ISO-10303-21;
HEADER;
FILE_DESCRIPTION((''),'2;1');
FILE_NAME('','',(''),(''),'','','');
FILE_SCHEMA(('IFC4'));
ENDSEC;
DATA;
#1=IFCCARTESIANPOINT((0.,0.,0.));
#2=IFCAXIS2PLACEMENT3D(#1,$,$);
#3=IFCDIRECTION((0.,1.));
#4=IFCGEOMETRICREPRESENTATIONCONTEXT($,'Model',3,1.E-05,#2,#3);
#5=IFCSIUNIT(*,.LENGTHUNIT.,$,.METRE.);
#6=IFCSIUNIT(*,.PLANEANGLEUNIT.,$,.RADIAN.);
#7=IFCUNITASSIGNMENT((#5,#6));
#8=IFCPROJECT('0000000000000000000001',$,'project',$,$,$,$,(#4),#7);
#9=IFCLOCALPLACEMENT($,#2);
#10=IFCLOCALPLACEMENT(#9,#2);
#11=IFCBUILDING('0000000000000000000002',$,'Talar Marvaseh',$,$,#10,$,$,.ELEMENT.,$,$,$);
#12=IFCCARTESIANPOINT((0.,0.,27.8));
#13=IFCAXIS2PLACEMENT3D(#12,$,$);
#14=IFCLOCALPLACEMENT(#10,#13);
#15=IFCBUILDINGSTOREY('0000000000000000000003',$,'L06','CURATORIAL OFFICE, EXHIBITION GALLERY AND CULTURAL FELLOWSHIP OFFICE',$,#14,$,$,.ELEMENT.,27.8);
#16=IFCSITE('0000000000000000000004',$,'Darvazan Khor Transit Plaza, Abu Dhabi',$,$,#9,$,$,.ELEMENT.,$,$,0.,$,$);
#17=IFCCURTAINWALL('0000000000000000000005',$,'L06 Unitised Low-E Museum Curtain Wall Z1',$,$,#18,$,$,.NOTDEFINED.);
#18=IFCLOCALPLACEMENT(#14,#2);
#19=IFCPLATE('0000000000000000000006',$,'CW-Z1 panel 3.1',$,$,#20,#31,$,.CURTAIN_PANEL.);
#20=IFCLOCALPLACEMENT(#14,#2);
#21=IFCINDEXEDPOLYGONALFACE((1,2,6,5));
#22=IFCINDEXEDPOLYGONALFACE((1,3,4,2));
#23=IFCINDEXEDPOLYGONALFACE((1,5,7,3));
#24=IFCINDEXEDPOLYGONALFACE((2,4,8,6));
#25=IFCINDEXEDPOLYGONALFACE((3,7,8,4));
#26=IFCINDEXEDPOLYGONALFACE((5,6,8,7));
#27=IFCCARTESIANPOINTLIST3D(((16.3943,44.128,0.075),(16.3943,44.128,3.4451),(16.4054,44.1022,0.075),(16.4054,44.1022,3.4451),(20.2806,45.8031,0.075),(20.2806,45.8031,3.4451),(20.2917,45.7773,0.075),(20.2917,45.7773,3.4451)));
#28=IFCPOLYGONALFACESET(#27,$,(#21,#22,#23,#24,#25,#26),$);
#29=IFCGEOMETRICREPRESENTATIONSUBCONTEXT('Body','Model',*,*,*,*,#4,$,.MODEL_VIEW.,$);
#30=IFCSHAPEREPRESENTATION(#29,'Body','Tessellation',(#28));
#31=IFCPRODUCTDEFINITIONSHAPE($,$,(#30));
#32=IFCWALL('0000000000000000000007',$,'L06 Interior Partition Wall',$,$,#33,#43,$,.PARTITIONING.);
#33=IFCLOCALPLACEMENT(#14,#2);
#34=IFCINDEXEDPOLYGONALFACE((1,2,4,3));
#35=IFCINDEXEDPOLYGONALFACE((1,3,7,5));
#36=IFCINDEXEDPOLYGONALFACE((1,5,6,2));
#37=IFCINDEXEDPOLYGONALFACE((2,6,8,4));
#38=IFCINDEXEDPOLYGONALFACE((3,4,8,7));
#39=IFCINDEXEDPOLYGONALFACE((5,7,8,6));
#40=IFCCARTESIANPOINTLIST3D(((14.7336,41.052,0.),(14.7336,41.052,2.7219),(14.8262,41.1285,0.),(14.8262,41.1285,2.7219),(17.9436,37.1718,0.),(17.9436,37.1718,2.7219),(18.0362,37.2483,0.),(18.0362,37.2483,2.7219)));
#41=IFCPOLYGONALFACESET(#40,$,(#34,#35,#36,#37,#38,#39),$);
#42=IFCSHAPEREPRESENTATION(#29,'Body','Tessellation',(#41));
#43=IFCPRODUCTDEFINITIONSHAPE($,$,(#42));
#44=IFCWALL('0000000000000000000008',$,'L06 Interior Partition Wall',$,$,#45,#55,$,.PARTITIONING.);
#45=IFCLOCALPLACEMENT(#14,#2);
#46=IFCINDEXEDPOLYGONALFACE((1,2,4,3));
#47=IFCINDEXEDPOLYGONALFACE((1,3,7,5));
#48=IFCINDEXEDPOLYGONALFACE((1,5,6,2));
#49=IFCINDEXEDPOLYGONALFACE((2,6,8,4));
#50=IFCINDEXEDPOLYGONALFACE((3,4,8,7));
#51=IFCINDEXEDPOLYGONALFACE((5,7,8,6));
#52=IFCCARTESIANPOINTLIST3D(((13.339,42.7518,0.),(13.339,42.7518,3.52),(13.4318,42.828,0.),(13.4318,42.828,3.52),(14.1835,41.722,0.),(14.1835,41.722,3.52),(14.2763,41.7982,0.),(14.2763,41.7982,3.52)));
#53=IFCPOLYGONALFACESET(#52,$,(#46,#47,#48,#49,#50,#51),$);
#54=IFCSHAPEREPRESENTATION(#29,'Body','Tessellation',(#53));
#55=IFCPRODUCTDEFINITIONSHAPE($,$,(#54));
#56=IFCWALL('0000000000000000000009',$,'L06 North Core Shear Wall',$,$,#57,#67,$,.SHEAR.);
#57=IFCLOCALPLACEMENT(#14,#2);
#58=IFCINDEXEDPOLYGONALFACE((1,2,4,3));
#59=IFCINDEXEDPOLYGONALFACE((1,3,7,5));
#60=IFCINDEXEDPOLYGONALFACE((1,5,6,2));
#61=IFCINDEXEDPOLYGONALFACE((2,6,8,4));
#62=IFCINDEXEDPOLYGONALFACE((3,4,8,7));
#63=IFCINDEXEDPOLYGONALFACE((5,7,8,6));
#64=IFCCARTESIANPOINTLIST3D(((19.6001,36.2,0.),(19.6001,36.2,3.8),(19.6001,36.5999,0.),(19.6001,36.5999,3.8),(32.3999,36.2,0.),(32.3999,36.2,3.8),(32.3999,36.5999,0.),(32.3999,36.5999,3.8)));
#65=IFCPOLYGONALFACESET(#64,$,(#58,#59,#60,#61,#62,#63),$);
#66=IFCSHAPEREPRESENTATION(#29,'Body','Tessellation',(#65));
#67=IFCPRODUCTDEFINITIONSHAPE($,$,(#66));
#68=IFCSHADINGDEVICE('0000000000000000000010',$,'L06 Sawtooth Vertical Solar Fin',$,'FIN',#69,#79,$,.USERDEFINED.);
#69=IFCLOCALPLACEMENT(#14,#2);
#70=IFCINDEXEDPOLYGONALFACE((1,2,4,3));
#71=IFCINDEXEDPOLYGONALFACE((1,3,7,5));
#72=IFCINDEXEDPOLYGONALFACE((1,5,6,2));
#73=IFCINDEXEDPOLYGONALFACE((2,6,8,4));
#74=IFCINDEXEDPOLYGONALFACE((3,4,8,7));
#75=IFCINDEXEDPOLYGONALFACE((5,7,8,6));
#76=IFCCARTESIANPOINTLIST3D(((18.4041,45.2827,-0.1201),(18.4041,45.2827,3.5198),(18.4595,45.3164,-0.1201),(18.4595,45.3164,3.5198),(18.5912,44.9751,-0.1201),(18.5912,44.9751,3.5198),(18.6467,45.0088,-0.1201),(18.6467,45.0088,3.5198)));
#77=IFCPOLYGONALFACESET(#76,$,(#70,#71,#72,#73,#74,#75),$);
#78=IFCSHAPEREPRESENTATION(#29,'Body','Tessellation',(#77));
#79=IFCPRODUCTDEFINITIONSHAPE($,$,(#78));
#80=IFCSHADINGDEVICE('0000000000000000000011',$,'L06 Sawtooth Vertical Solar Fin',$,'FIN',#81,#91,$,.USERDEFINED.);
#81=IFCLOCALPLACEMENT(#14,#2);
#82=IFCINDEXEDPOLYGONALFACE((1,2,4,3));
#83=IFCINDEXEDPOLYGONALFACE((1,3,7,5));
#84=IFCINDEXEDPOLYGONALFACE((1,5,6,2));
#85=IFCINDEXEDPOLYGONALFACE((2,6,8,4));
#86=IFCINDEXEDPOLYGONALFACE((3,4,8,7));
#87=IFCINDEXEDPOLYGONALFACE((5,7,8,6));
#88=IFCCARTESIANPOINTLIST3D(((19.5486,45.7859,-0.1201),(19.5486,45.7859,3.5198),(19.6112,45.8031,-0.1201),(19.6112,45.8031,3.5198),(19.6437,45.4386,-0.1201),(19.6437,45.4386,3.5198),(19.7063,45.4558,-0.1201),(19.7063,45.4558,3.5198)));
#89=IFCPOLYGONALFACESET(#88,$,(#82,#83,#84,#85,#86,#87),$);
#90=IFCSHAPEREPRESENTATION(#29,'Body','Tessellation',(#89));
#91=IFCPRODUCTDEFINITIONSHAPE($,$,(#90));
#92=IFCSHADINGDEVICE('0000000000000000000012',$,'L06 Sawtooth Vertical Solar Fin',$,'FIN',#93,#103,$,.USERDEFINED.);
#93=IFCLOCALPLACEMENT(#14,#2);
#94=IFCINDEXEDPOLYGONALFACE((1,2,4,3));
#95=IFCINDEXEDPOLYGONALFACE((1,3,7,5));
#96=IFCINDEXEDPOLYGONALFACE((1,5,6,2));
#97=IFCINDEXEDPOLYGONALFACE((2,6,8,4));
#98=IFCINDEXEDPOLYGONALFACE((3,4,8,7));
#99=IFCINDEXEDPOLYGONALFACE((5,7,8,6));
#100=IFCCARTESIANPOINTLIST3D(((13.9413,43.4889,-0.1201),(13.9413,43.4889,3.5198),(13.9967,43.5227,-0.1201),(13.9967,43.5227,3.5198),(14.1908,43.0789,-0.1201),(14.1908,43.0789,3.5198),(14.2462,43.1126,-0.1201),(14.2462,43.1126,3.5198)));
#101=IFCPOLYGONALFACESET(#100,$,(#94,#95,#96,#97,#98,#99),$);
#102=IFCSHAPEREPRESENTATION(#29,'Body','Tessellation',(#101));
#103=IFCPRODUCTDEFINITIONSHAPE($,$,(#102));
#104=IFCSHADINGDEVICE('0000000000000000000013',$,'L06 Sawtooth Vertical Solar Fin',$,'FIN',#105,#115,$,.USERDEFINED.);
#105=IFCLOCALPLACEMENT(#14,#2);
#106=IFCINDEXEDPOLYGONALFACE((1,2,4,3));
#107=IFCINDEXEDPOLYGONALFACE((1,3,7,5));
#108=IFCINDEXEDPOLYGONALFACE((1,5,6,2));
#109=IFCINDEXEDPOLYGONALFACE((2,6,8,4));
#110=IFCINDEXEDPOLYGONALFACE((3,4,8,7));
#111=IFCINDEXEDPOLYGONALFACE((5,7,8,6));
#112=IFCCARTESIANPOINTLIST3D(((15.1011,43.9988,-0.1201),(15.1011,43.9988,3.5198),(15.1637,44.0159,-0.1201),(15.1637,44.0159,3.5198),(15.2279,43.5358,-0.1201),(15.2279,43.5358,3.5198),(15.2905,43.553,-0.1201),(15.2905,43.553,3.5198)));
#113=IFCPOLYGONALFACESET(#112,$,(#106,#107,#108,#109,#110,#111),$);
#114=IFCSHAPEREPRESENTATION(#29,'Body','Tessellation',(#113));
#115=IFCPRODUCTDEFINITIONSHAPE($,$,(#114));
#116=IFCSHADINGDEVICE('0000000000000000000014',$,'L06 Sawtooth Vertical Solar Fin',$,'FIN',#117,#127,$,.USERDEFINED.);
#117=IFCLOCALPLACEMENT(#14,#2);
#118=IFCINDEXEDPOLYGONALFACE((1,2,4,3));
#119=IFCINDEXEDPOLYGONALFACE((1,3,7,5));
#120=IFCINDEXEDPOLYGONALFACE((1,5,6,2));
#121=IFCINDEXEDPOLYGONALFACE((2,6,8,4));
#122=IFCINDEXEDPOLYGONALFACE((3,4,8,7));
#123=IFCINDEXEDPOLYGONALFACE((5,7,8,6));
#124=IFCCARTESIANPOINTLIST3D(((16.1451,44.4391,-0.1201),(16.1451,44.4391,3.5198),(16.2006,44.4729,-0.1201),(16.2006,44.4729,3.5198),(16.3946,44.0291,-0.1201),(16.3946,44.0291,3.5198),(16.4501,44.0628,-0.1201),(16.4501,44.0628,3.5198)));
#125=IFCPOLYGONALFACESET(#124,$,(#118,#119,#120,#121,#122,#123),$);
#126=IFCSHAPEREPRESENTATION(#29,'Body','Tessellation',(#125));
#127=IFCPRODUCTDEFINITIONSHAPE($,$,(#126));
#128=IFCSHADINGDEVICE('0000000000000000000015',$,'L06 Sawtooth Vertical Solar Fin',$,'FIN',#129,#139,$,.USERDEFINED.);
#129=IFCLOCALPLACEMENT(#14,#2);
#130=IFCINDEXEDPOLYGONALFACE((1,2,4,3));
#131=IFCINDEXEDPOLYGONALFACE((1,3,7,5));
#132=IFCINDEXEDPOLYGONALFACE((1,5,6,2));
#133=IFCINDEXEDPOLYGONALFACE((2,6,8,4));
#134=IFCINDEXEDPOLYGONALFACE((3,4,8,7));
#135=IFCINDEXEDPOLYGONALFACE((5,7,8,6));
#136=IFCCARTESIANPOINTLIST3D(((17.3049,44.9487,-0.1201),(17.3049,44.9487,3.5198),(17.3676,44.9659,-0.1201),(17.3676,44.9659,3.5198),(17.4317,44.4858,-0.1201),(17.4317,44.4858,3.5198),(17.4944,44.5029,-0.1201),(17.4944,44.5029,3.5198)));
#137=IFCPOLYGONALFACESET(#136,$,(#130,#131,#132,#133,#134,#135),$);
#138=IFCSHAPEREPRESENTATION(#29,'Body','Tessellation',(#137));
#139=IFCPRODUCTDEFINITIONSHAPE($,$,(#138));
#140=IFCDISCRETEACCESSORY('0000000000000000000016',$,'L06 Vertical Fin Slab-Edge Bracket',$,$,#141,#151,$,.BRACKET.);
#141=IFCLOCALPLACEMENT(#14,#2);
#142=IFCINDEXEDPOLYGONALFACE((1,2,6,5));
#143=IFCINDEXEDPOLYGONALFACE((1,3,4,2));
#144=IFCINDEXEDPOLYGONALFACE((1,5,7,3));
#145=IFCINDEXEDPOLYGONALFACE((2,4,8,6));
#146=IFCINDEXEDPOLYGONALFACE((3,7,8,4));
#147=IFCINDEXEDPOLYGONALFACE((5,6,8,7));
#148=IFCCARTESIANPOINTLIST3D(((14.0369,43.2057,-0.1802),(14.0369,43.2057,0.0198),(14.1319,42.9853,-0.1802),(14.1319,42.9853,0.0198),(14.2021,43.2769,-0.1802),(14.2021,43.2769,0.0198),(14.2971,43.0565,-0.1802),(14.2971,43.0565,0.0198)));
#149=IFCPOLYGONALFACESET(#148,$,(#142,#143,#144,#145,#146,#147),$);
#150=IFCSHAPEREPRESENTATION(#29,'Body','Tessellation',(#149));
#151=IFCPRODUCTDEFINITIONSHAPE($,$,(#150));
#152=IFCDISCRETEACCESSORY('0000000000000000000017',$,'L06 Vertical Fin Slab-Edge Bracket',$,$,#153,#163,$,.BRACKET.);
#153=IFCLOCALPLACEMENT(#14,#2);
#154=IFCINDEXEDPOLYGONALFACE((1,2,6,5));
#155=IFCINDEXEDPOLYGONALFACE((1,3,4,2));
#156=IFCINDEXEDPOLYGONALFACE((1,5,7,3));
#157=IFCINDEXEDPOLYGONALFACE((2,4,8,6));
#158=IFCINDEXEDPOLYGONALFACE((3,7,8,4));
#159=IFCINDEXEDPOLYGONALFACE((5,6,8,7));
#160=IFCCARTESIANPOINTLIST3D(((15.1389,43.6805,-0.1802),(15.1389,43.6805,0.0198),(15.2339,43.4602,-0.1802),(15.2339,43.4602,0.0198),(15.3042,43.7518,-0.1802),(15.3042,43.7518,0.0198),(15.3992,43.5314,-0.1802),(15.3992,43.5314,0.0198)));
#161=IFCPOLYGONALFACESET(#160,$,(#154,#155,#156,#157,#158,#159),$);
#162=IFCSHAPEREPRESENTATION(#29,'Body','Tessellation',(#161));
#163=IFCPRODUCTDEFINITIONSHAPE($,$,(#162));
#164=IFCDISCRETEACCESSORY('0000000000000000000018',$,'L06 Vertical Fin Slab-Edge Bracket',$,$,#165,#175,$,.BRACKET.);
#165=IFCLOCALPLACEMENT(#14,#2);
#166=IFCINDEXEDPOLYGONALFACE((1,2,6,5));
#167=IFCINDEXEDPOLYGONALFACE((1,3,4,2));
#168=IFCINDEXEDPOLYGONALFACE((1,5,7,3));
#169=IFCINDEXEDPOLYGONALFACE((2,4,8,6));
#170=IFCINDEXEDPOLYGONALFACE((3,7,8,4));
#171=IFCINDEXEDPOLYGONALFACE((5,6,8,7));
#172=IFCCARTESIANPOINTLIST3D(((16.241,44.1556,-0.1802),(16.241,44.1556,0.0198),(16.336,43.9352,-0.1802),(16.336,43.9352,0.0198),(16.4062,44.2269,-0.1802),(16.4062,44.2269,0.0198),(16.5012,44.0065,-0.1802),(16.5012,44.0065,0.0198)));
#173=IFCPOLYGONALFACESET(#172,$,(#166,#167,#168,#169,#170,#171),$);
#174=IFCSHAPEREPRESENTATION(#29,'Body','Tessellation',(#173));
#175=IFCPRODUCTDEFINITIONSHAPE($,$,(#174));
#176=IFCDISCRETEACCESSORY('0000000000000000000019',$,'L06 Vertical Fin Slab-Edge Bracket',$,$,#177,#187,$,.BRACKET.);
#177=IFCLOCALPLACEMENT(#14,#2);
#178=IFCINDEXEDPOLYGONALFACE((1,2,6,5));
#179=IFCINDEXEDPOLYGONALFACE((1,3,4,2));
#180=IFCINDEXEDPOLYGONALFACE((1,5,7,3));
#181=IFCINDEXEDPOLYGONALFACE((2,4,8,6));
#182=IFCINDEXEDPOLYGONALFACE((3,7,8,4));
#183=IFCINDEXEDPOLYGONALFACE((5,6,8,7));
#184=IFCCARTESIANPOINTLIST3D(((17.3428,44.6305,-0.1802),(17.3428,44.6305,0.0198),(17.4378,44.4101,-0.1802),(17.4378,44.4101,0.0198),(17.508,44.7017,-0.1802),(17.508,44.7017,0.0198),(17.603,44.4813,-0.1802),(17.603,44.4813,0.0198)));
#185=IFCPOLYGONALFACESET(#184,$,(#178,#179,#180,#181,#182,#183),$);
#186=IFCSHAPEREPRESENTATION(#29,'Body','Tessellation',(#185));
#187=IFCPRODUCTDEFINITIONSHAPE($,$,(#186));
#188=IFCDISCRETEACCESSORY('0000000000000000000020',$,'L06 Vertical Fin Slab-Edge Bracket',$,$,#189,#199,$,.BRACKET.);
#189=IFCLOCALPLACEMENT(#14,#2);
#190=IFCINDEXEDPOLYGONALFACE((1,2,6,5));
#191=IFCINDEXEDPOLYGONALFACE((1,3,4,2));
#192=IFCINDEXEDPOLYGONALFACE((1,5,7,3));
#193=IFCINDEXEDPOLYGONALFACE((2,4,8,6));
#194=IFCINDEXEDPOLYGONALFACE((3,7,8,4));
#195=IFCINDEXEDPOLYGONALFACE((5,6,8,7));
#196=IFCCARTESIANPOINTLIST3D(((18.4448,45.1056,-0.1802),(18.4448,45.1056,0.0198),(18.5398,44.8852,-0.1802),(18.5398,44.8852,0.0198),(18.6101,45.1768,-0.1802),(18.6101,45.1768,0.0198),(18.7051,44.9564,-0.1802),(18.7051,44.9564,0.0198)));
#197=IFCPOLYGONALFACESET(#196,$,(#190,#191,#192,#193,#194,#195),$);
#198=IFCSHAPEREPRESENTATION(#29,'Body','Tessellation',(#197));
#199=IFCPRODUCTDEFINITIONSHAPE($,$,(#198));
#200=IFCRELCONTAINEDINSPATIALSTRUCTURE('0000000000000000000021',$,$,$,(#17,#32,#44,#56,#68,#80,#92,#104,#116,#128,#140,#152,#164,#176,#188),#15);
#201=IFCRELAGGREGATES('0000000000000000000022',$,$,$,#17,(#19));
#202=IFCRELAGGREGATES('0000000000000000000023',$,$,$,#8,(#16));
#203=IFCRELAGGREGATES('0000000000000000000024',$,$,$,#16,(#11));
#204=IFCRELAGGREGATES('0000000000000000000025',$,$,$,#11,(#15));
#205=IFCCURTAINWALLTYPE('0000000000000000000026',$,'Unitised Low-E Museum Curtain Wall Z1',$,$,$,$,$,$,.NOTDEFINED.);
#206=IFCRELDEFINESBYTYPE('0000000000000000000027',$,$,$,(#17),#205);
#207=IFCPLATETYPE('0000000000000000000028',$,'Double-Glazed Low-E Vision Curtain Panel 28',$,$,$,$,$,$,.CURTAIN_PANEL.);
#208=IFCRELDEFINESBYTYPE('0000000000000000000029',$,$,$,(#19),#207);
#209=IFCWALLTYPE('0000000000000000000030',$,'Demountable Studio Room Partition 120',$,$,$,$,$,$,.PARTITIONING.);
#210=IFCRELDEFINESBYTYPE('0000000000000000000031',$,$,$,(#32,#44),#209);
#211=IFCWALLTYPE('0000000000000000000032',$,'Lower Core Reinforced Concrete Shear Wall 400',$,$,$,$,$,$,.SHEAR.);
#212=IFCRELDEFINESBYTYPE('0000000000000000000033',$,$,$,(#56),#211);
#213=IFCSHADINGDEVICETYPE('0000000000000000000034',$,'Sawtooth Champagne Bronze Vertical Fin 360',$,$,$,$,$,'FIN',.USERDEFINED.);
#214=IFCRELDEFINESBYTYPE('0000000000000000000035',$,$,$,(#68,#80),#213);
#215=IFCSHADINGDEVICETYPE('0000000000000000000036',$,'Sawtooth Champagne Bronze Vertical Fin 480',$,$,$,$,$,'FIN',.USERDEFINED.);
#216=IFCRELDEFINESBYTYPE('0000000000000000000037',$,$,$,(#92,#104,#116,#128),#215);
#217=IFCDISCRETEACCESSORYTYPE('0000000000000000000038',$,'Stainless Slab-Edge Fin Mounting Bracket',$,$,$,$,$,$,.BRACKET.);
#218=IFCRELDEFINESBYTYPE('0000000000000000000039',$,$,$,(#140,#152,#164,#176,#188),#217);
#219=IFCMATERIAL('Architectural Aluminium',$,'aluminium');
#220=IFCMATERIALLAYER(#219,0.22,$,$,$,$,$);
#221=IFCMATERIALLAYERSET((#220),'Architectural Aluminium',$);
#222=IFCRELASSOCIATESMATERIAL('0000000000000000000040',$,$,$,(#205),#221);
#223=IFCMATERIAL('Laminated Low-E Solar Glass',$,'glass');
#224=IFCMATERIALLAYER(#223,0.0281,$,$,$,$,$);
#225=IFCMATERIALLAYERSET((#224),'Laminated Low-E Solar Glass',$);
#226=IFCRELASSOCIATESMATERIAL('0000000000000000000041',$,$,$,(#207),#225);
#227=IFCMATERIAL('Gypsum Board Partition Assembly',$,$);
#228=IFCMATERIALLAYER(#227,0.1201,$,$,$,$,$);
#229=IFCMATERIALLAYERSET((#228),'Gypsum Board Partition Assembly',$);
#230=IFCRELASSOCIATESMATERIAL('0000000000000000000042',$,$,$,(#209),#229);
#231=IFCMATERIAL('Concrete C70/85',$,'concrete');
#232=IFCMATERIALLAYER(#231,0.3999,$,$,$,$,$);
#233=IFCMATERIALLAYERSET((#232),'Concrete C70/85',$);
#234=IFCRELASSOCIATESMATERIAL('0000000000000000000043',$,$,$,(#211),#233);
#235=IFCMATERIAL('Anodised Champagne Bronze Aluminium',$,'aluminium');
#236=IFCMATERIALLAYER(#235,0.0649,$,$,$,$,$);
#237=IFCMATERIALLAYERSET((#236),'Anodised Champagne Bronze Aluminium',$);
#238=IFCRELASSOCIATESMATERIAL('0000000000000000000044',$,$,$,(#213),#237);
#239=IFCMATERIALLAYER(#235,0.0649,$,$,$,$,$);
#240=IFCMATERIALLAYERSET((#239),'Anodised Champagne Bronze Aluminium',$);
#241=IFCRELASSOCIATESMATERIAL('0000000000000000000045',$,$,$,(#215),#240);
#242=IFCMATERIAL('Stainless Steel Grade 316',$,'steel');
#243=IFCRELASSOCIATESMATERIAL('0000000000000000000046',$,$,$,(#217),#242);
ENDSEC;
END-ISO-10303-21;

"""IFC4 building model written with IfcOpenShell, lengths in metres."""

from ifc_helpers import new_model, si_unit, direction, frame, frame_2d, origin, origin_2d, place, context, subcontext, project, spatial, rectangle, extrude, source, transform, mapped, material, layer, layer_set, type_object, type_shapes, element, aggregate, save


model = new_model("IFC4")

# Units and contexts
model_context = context("Model", 3, precision=1e-05, world=origin(), true_north=direction((0.0, 1.0)))
body_context = subcontext(model_context, "Body", "Model", "MODEL_VIEW")
ifc_project = project(units=[si_unit("LENGTHUNIT", "METRE"), si_unit("PLANEANGLEUNIT", "RADIAN")], contexts=[model_context])

# Site, building, storey
site_placement = place(None, origin())
site = spatial("IfcSite", under=ifc_project, at=site_placement, Name="Darvazan Khor Transit Plaza, Abu Dhabi", CompositionType="ELEMENT", RefElevation=0.0)
building_placement = place(site_placement, origin())
building = spatial("IfcBuilding", under=site, at=building_placement, Name="Talar Marvaseh", CompositionType="ELEMENT")
storey_placement = place(building_placement, frame((0.0, 0.0, 27.8)))
storey = spatial("IfcBuildingStorey", under=building, at=storey_placement, Name="L06", Description="CURATORIAL OFFICE, EXHIBITION GALLERY AND CULTURAL FELLOWSHIP OFFICE", CompositionType="ELEMENT", Elevation=27.8)

# Shared definitions
ifc_material_1 = material(Name="Concrete C70/85", Category="concrete")

# Curtain wall, plate
ifc_material_2 = material(Name="Architectural Aluminium", Category="aluminium")
ifc_layer_1 = layer(ifc_material_2, 0.22)
ifc_layer_set_1 = layer_set([ifc_layer_1], Name="Architectural Aluminium")
curtain_wall_type = type_object("IfcCurtainWallType", Name="Unitised Low-E Museum Curtain Wall Z1", PredefinedType="NOTDEFINED", material=ifc_layer_set_1)
curtain_wall_placement = place(storey_placement, origin())
curtain_wall = element("IfcCurtainWall", 1, at=curtain_wall_placement, inside=storey, type_object=curtain_wall_type, Name="L06 Unitised Low-E Museum Curtain Wall Z1", PredefinedType="NOTDEFINED")
ifc_material_3 = material(Name="Laminated Low-E Solar Glass", Category="glass")
ifc_layer_2 = layer(ifc_material_3, 0.0281)
ifc_layer_set_2 = layer_set([ifc_layer_2], Name="Laminated Low-E Solar Glass")
plate_type = type_object("IfcPlateType", Name="Double-Glazed Low-E Vision Curtain Panel 28", PredefinedType="CURTAIN_PANEL", material=ifc_layer_set_2)
shared_shape_1 = source(origin(), body_context, "Body", "SweptSolid", [
    extrude(rectangle(XDim=4.2319, YDim=0.0281, at=origin_2d()), origin(), (0.0, 0.0, 1.0), 3.3701),
])
type_shapes(plate_type, [shared_shape_1])
plate_1_placement = place(storey_placement, frame((18.343, 44.9526, 0.075), z_axis=(0.0, 0.0, 1.0), x_axis=(0.918323, 0.395831, 0.0)))
plate_1 = element("IfcPlate", 2, at=plate_1_placement, type_object=plate_type, Name="CW-Z1 panel 3.1", PredefinedType="CURTAIN_PANEL", context=body_context, shape_type="MappedRepresentation", body=[
    mapped(shared_shape_1, transform((0.0, 0.0, 0.0), x_axis=(1.0, 0.0, 0.0), y_axis=(0.0, 1.0, 0.0), z_axis=(0.0, 0.0, 1.0), scale=1.0)),
])
aggregate(curtain_wall, [plate_1])

# Walls
ifc_material_4 = material(Name="Gypsum Board Partition Assembly")
ifc_layer_3 = layer(ifc_material_4, 0.1201)
ifc_layer_set_3 = layer_set([ifc_layer_3], Name="Gypsum Board Partition Assembly")
wall_type_1 = type_object("IfcWallType", Name="Demountable Studio Room Partition 120", PredefinedType="PARTITIONING", material=ifc_layer_set_3)
wall_1_placement = place(storey_placement, frame((17.99, 37.21, 0.0), z_axis=(0.0, 0.0, 1.0), x_axis=(-0.637429, 0.770509, 0.0)))
element("IfcWall", 3, at=wall_1_placement, inside=storey, type_object=wall_type_1, Name="L06 Interior Partition Wall", PredefinedType="PARTITIONING", context=body_context, shape_type="SweptSolid", body=[
    extrude(rectangle(XDim=5.0359, YDim=0.1201, at=frame_2d((2.5181, 0.0))), origin(), (0.0, 0.0, 1.0), 2.7219),
])
wall_2_placement = place(storey_placement, frame((14.23, 41.76, 0.0), z_axis=(0.0, 0.0, 1.0), x_axis=(-0.634106, 0.773246, 0.0)))
element("IfcWall", 4, at=wall_2_placement, inside=storey, type_object=wall_type_1, Name="L06 Interior Partition Wall", PredefinedType="PARTITIONING", context=body_context, shape_type="SweptSolid", body=[
    extrude(rectangle(XDim=1.3318, YDim=0.1201, at=frame_2d((0.666, 0.0))), origin(), (0.0, 0.0, 1.0), 3.52),
])
ifc_layer_4 = layer(ifc_material_1, 0.3999)
ifc_layer_set_4 = layer_set([ifc_layer_4], Name="Concrete C70/85")
wall_type_2 = type_object("IfcWallType", Name="Lower Core Reinforced Concrete Shear Wall 400", PredefinedType="SHEAR", material=ifc_layer_set_4)
wall_3_placement = place(storey_placement, frame((19.6001, 36.3999, 0.0), z_axis=(0.0, 0.0, 1.0), x_axis=(1.0, 0.0, 0.0)))
element("IfcWall", 5, at=wall_3_placement, inside=storey, type_object=wall_type_2, Name="L06 North Core Shear Wall", PredefinedType="SHEAR", context=body_context, shape_type="SweptSolid", body=[
    extrude(rectangle(XDim=12.7998, YDim=0.3999, at=frame_2d((6.3999, 0.0))), origin(), (0.0, 0.0, 1.0), 3.8),
])

# Shading devices
ifc_material_5 = material(Name="Anodised Champagne Bronze Aluminium", Category="aluminium")
ifc_layer_5 = layer(ifc_material_5, 0.0649)
ifc_layer_set_5 = layer_set([ifc_layer_5], Name="Anodised Champagne Bronze Aluminium")
shading_device_type_1 = type_object("IfcShadingDeviceType", Name="Sawtooth Champagne Bronze Vertical Fin 360", ElementType="FIN", PredefinedType="USERDEFINED", material=ifc_layer_set_5)
shared_shape_2 = source(origin(), body_context, "Body", "SweptSolid", [
    extrude(rectangle(XDim=0.3601, YDim=0.0649, at=origin_2d()), origin(), (0.0, 0.0, 1.0), 3.6399),
])
type_shapes(shading_device_type_1, [shared_shape_2])
for number, where, z_axis, x_axis, name in (
    (6, (18.5254, 45.1458, -0.1201), (0.0, 0.0, 1.0), (-0.519817, 0.854277, 0.0), "L06 Sawtooth Vertical Solar Fin"),
    (7, (19.6274, 45.6208, -0.1201), (0.0, 0.0, 1.0), (-0.26421, 0.964465, 0.0), "L06 Sawtooth Vertical Solar Fin"),
):
    element("IfcShadingDevice", number, at=place(storey_placement, frame(where, z_axis=z_axis, x_axis=x_axis)), inside=storey, type_object=shading_device_type_1, Name=name, ObjectType="FIN", PredefinedType="USERDEFINED", context=body_context, shape_type="MappedRepresentation", body=[
        mapped(shared_shape_2, transform((0.0, 0.0, 0.0), x_axis=(1.0, 0.0, 0.0), y_axis=(0.0, 1.0, 0.0), z_axis=(0.0, 0.0, 1.0), scale=1.0)),
    ])
ifc_layer_6 = layer(ifc_material_5, 0.0649)
ifc_layer_set_6 = layer_set([ifc_layer_6], Name="Anodised Champagne Bronze Aluminium")
shading_device_type_2 = type_object("IfcShadingDeviceType", Name="Sawtooth Champagne Bronze Vertical Fin 480", ElementType="FIN", PredefinedType="USERDEFINED", material=ifc_layer_set_6)
shared_shape_3 = source(origin(), body_context, "Body", "SweptSolid", [
    extrude(rectangle(XDim=0.48, YDim=0.0649, at=origin_2d()), origin(), (0.0, 0.0, 1.0), 3.6399),
])
type_shapes(shading_device_type_2, [shared_shape_3])
for number, where, z_axis, x_axis, name in (
    (8, (14.0938, 43.3008, -0.1201), (0.0, 0.0, 1.0), (-0.519817, 0.854277, 0.0), "L06 Sawtooth Vertical Solar Fin"),
    (9, (15.1958, 43.7759, -0.1201), (0.0, 0.0, 1.0), (-0.26421, 0.964465, 0.0), "L06 Sawtooth Vertical Solar Fin"),
    (10, (16.2976, 44.251, -0.1201), (0.0, 0.0, 1.0), (-0.519817, 0.854277, 0.0), "L06 Sawtooth Vertical Solar Fin"),
    (11, (17.3997, 44.7258, -0.1201), (0.0, 0.0, 1.0), (-0.26421, 0.964465, 0.0), "L06 Sawtooth Vertical Solar Fin"),
):
    element("IfcShadingDevice", number, at=place(storey_placement, frame(where, z_axis=z_axis, x_axis=x_axis)), inside=storey, type_object=shading_device_type_2, Name=name, ObjectType="FIN", PredefinedType="USERDEFINED", context=body_context, shape_type="MappedRepresentation", body=[
        mapped(shared_shape_3, transform((0.0, 0.0, 0.0), x_axis=(1.0, 0.0, 0.0), y_axis=(0.0, 1.0, 0.0), z_axis=(0.0, 0.0, 1.0), scale=1.0)),
    ])

# Discrete accessories
ifc_material_6 = material(Name="Stainless Steel Grade 316", Category="steel")
discrete_accessory_type = type_object("IfcDiscreteAccessoryType", Name="Stainless Slab-Edge Fin Mounting Bracket", PredefinedType="BRACKET", material=ifc_material_6)
shared_shape_4 = source(origin(), body_context, "Body", "SweptSolid", [
    extrude(rectangle(XDim=0.24, YDim=0.1799, at=origin_2d()), origin(), (0.0, 0.0, 1.0), 0.2),
])
type_shapes(discrete_accessory_type, [shared_shape_4])
for number, where, z_axis, x_axis, name in (
    (12, (14.167, 43.1311, -0.1802), (0.0, 0.0, 1.0), (-0.395866, 0.918308, 0.0), "L06 Vertical Fin Slab-Edge Bracket"),
    (13, (15.269, 43.606, -0.1802), (0.0, 0.0, 1.0), (-0.395866, 0.918308, 0.0), "L06 Vertical Fin Slab-Edge Bracket"),
    (14, (16.3711, 44.0811, -0.1802), (0.0, 0.0, 1.0), (-0.395866, 0.918308, 0.0), "L06 Vertical Fin Slab-Edge Bracket"),
    (15, (17.4729, 44.5559, -0.1802), (0.0, 0.0, 1.0), (-0.395866, 0.918308, 0.0), "L06 Vertical Fin Slab-Edge Bracket"),
    (16, (18.575, 45.031, -0.1802), (0.0, 0.0, 1.0), (-0.395866, 0.918308, 0.0), "L06 Vertical Fin Slab-Edge Bracket"),
):
    element("IfcDiscreteAccessory", number, at=place(storey_placement, frame(where, z_axis=z_axis, x_axis=x_axis)), inside=storey, type_object=discrete_accessory_type, Name=name, PredefinedType="BRACKET", context=body_context, shape_type="MappedRepresentation", body=[
        mapped(shared_shape_4, transform((0.0, 0.0, 0.0), x_axis=(1.0, 0.0, 0.0), y_axis=(0.0, 1.0, 0.0), z_axis=(0.0, 0.0, 1.0), scale=1.0)),
    ])

save(model, "model.ifc")
